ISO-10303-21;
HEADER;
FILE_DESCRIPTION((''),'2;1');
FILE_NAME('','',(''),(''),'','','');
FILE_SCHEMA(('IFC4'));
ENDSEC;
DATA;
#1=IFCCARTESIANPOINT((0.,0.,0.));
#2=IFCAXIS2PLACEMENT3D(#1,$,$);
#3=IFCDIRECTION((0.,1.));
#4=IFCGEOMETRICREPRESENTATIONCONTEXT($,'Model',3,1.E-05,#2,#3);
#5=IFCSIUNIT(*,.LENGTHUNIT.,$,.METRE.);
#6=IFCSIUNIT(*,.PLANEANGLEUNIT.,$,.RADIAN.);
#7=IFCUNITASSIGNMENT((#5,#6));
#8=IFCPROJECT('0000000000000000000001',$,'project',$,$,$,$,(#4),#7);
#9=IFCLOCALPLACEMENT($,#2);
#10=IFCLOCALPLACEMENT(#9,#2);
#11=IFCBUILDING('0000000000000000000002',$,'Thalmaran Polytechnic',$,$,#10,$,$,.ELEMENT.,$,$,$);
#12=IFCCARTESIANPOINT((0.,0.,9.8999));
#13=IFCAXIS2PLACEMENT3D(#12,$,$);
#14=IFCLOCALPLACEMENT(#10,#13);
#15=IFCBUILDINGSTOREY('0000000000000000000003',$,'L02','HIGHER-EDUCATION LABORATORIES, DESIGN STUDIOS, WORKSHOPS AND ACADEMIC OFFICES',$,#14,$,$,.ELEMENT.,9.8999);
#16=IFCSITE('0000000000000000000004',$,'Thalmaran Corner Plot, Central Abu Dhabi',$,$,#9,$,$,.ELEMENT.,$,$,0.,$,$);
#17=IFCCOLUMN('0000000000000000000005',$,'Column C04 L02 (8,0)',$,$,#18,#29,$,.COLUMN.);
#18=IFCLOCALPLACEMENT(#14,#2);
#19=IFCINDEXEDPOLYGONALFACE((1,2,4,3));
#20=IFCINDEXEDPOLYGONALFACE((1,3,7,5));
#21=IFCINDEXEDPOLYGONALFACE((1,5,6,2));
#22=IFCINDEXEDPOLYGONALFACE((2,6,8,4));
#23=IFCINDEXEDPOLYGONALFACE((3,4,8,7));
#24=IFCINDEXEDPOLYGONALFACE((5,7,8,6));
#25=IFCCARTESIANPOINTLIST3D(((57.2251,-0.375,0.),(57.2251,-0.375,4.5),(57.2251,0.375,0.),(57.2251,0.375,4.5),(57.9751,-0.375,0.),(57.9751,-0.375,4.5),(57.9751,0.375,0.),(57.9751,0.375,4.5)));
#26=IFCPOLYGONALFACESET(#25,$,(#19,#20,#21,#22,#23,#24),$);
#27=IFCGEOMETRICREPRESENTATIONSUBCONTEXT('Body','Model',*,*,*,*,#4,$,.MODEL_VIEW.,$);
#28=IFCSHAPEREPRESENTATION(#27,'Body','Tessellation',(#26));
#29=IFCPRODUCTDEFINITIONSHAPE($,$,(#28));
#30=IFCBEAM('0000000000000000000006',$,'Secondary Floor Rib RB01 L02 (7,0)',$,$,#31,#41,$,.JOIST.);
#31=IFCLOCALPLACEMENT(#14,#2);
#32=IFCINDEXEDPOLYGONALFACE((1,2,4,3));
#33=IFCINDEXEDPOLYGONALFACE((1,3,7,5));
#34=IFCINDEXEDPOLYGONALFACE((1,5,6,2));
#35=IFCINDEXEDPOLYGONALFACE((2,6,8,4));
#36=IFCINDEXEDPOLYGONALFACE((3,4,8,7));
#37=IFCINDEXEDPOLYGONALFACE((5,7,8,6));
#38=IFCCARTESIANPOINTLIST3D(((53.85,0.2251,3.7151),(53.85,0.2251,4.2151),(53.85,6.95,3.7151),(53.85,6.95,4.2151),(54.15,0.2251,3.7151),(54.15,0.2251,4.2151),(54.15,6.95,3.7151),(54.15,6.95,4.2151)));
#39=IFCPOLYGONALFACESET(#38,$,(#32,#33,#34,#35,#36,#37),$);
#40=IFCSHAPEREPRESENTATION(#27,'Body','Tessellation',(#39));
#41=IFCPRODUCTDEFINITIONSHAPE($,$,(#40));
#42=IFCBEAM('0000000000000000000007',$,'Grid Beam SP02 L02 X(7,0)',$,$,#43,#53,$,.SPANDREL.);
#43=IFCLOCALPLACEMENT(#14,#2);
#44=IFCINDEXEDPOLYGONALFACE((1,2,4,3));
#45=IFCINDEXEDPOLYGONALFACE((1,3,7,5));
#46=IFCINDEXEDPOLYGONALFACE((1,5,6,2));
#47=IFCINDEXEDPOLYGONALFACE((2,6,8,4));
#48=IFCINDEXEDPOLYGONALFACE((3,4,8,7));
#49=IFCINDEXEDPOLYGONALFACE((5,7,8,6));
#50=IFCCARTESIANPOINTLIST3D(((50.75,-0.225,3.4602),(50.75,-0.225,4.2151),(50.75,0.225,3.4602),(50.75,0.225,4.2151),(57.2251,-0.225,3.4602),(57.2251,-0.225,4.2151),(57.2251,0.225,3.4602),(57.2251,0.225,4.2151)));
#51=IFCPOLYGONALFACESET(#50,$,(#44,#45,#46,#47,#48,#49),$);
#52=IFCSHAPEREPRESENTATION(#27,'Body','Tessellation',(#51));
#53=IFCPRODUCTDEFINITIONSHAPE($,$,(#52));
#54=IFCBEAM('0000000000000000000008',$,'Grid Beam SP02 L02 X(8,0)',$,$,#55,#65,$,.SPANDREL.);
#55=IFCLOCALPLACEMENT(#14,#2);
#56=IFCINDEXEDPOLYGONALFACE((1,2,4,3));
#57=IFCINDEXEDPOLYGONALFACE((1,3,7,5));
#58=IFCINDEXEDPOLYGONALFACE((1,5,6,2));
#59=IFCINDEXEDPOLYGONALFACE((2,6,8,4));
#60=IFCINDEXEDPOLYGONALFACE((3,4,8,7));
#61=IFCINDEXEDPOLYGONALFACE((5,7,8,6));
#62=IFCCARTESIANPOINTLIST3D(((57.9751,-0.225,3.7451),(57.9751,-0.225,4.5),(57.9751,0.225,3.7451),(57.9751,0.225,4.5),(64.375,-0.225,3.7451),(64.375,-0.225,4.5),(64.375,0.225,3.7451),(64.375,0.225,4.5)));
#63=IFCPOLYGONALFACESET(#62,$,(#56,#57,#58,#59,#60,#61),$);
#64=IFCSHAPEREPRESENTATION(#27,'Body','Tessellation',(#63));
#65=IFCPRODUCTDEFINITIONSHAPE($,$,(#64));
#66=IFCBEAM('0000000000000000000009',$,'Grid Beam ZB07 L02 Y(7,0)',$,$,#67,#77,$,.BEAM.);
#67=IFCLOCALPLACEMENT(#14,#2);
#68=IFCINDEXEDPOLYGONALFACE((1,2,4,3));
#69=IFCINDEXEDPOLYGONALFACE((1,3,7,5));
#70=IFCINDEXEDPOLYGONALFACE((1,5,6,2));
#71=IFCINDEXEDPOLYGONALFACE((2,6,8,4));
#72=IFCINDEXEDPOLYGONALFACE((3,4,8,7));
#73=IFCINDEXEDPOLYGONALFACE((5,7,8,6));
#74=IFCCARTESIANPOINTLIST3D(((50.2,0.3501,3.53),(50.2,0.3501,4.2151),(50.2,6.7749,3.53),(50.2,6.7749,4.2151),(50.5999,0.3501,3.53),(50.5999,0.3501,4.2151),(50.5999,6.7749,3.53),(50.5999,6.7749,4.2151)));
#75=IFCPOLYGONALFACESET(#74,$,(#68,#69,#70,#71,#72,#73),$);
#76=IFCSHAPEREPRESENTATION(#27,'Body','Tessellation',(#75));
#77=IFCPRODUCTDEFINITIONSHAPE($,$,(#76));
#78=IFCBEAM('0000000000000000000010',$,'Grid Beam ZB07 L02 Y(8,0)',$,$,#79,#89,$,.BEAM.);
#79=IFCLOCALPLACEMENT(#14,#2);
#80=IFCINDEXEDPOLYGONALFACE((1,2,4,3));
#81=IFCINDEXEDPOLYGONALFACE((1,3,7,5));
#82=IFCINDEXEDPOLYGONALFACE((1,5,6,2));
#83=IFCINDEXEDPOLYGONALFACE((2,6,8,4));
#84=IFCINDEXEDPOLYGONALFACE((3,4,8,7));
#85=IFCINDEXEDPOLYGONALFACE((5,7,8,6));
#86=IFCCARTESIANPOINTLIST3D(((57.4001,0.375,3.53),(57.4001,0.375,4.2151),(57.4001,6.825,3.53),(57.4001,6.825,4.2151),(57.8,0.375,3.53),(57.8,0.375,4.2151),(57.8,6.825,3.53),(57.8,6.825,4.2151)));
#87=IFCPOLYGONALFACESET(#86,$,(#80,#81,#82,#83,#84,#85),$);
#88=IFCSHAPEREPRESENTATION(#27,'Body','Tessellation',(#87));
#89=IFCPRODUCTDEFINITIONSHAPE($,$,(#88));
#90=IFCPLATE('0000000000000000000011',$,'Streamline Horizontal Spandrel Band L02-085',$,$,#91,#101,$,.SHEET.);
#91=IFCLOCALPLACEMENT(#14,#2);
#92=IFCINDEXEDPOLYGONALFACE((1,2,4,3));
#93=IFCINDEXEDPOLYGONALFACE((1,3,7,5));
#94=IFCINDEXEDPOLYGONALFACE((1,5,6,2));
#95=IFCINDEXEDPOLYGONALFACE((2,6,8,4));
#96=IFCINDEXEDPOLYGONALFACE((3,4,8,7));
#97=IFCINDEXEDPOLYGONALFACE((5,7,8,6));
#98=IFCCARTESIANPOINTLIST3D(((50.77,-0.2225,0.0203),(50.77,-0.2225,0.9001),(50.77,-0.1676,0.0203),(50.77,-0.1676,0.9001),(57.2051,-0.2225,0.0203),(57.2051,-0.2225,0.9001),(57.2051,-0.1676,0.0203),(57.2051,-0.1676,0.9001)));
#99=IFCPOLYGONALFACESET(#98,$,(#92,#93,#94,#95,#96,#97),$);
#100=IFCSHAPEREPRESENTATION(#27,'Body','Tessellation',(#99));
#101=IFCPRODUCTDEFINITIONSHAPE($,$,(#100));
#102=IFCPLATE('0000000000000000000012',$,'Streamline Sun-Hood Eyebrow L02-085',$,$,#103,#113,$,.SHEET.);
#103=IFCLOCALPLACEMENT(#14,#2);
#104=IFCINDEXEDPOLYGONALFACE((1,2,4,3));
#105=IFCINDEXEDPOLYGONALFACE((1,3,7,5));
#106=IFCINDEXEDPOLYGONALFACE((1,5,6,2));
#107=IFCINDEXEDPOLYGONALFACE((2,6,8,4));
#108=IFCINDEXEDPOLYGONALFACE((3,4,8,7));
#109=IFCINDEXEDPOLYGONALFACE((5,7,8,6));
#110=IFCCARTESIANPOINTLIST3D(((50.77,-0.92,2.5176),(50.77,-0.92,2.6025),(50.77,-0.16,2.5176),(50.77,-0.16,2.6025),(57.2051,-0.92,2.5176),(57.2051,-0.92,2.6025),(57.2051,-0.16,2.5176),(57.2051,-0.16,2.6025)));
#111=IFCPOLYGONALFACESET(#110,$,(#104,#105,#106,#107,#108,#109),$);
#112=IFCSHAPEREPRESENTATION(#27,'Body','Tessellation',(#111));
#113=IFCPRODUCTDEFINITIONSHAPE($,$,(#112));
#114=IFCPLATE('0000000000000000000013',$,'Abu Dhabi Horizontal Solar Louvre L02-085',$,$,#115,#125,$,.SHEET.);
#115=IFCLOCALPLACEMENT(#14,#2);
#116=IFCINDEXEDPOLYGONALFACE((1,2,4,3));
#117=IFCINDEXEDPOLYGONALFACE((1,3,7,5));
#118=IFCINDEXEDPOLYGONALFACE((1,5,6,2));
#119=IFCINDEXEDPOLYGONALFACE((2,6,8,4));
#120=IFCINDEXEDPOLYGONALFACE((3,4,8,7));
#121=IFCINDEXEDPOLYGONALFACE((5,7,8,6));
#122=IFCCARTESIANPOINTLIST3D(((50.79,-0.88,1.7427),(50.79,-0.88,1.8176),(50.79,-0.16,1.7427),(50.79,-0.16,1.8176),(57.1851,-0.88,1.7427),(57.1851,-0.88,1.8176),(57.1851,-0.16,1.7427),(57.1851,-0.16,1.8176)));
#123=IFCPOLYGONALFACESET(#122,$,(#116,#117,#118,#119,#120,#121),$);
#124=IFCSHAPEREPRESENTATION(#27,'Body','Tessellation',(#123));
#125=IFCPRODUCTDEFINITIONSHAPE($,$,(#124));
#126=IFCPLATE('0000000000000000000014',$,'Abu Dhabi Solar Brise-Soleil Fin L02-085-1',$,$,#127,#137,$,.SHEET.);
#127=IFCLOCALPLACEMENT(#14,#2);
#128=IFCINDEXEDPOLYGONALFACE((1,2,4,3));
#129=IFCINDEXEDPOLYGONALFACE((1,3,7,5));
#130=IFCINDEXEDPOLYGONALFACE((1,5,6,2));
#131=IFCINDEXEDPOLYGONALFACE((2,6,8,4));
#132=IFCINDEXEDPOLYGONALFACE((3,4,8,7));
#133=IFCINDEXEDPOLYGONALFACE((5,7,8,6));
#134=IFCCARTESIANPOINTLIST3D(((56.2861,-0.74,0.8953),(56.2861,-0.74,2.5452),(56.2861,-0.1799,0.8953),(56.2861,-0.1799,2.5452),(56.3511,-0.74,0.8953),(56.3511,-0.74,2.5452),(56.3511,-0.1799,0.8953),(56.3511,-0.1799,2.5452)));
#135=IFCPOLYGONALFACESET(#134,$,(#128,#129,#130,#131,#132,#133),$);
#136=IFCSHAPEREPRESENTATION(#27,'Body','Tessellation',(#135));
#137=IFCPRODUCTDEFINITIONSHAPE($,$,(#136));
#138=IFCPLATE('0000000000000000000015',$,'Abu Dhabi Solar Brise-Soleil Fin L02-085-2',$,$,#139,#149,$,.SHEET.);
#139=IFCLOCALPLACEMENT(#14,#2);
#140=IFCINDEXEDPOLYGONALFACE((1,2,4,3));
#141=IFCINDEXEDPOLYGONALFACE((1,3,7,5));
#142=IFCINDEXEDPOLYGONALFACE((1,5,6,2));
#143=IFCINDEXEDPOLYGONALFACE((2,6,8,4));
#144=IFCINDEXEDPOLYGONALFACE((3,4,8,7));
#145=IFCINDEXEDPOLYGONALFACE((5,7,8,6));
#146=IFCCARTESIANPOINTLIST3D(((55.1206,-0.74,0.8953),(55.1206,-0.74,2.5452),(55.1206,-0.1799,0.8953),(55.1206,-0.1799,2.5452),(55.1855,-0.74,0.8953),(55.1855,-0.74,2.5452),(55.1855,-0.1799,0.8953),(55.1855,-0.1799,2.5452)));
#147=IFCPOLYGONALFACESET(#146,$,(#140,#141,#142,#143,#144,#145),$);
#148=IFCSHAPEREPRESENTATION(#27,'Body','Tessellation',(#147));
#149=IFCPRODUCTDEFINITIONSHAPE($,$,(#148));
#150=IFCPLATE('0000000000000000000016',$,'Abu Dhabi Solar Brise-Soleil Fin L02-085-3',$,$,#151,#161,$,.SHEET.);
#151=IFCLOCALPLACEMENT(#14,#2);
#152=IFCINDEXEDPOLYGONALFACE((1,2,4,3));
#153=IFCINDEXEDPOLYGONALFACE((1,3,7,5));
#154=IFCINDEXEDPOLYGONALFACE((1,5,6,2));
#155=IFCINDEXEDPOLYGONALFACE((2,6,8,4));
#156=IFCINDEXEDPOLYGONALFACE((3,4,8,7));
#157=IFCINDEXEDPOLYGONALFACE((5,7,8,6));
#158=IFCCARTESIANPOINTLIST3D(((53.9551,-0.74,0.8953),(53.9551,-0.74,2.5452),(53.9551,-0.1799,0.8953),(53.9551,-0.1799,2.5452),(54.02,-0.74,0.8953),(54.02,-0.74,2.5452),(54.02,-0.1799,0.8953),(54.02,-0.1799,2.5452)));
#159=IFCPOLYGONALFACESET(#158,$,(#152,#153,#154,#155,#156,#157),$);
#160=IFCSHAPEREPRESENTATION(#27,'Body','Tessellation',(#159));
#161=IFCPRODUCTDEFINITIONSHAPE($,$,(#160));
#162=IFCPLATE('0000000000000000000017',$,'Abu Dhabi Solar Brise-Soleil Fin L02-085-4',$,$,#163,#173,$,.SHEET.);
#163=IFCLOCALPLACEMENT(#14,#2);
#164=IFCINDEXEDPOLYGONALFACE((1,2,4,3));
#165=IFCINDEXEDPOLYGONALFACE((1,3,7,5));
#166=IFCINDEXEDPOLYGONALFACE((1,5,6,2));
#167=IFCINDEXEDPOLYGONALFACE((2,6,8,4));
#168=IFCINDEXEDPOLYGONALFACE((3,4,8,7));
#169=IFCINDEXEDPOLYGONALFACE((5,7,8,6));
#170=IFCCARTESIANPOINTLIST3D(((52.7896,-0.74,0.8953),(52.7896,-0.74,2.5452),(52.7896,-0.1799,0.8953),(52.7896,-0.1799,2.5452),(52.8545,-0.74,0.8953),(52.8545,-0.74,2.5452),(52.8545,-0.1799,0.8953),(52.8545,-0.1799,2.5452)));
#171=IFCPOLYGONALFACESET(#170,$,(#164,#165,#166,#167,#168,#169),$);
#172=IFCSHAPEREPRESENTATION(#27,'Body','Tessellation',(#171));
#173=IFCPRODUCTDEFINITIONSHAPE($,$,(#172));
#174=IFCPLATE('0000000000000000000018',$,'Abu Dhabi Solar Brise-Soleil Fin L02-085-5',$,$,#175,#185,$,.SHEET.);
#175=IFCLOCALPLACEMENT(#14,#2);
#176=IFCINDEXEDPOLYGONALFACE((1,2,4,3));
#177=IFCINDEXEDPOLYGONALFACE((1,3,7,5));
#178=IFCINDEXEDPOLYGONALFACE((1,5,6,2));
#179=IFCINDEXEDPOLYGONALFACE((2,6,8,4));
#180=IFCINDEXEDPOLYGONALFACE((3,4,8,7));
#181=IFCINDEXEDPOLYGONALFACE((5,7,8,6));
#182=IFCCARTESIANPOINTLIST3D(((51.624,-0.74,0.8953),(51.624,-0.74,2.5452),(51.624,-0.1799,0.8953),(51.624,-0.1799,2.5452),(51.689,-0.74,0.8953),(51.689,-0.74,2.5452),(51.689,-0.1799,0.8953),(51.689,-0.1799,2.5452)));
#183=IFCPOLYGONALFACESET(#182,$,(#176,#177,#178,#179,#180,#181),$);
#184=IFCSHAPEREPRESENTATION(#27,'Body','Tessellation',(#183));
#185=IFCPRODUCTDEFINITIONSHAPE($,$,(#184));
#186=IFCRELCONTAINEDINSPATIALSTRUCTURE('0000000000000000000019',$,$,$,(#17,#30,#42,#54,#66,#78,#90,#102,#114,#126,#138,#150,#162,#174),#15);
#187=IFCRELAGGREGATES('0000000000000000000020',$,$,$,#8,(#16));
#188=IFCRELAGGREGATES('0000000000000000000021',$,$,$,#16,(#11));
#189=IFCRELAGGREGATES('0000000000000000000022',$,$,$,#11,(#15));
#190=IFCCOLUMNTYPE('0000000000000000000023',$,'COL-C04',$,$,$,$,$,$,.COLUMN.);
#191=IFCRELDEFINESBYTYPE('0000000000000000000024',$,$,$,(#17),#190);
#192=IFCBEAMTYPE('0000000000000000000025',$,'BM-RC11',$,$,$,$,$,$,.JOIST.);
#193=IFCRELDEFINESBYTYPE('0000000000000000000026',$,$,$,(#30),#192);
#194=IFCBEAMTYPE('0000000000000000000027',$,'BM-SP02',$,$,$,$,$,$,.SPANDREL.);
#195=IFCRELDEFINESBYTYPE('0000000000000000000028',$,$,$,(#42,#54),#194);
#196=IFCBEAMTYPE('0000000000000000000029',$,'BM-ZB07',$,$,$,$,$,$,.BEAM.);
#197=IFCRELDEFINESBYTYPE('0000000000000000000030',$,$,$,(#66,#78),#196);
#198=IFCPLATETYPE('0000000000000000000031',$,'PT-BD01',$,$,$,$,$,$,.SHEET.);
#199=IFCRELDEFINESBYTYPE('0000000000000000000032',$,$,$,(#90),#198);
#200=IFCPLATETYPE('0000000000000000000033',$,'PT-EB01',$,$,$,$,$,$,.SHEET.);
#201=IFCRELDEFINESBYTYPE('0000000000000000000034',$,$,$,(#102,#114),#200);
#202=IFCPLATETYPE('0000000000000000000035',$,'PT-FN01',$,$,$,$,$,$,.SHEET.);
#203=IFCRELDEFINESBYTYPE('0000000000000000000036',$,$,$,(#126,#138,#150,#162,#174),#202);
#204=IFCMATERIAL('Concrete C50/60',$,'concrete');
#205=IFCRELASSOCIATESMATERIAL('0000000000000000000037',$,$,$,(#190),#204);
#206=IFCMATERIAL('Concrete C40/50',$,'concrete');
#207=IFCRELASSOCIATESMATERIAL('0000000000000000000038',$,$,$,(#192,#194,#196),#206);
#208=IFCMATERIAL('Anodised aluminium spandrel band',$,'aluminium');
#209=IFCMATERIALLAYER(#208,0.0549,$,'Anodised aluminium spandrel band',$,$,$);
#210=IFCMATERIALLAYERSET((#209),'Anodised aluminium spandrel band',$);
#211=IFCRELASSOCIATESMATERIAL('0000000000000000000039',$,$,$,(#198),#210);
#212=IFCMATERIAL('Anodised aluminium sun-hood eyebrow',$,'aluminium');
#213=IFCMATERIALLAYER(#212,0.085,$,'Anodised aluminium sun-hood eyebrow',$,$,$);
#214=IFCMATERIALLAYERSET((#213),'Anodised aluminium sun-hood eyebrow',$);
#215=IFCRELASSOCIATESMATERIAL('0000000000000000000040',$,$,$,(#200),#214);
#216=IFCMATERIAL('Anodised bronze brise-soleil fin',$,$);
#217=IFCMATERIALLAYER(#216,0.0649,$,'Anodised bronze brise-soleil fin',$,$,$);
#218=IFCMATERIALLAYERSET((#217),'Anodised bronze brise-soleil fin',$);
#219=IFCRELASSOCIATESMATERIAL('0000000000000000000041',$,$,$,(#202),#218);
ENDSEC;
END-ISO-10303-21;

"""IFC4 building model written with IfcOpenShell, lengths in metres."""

from ifc_helpers import new_model, si_unit, direction, frame, origin, origin_2d, place, context, subcontext, project, spatial, rectangle, extrude, material, layer, layer_set, material_profile, profile_set, type_object, element, save


model = new_model("IFC4")

# Units and contexts
model_context = context("Model", 3, precision=1e-05, world=origin(), true_north=direction((0.0, 1.0)))
body_context = subcontext(model_context, "Body", "Model", "MODEL_VIEW")
ifc_project = project(units=[si_unit("LENGTHUNIT", "METRE"), si_unit("PLANEANGLEUNIT", "RADIAN")], contexts=[model_context])

# Site, building, storey
site_placement = place(None, origin())
site = spatial("IfcSite", under=ifc_project, at=site_placement, Name="Thalmaran Corner Plot, Central Abu Dhabi", CompositionType="ELEMENT", RefElevation=0.0)
building_placement = place(site_placement, origin())
building = spatial("IfcBuilding", under=site, at=building_placement, Name="Thalmaran Polytechnic", CompositionType="ELEMENT")
storey_placement = place(building_placement, frame((0.0, 0.0, 9.8999)))
storey = spatial("IfcBuildingStorey", under=building, at=storey_placement, Name="L02", Description="HIGHER-EDUCATION LABORATORIES, DESIGN STUDIOS, WORKSHOPS AND ACADEMIC OFFICES", CompositionType="ELEMENT", Elevation=9.8999)

# Column
ifc_material_1 = material(Name="Concrete C50/60", Category="concrete")
ifc_material_profile_1 = material_profile(ifc_material_1, rectangle(XDim=0.75, YDim=0.75, at=origin_2d()), Name="RC 750x750")
ifc_profile_set_1 = profile_set([ifc_material_profile_1], Name="Concrete C50/60")
column_type = type_object("IfcColumnType", Name="COL-C04", PredefinedType="COLUMN", material=ifc_profile_set_1)
column_placement = place(storey_placement, frame((57.6001, 0.0, 0.0), z_axis=(0.0, 0.0, 1.0), x_axis=(1.0, 0.0, 0.0)))
element("IfcColumn", 1, at=column_placement, inside=storey, type_object=column_type, Name="Column C04 L02 (8,0)", PredefinedType="COLUMN", context=body_context, shape_type="SweptSolid", body=[
    extrude(rectangle(XDim=0.75, YDim=0.75, at=origin_2d()), origin(), (0.0, 0.0, 1.0), 4.5),
])

# Beams
ifc_material_2 = material(Name="Concrete C40/50", Category="concrete")
ifc_material_profile_2 = material_profile(ifc_material_2, rectangle(XDim=0.3, YDim=0.5, at=origin_2d()), Name="RC 300x500")
ifc_profile_set_2 = profile_set([ifc_material_profile_2], Name="Concrete C40/50")
beam_type_1 = type_object("IfcBeamType", Name="BM-RC11", PredefinedType="JOIST", material=ifc_profile_set_2)
beam_1_placement = place(storey_placement, frame((54.0, 0.2251, 3.9651), z_axis=(0.0, 1.0, 0.0), x_axis=(-1.0, 0.0, 0.0)))
element("IfcBeam", 2, at=beam_1_placement, inside=storey, type_object=beam_type_1, Name="Secondary Floor Rib RB01 L02 (7,0)", PredefinedType="JOIST", context=body_context, shape_type="SweptSolid", body=[
    extrude(rectangle(XDim=0.3, YDim=0.5, at=origin_2d()), origin(), (0.0, 0.0, 1.0), 6.7249),
])
ifc_material_profile_3 = material_profile(ifc_material_2, rectangle(XDim=0.45, YDim=0.7549, at=origin_2d()), Name="RC 450x755")
ifc_profile_set_3 = profile_set([ifc_material_profile_3], Name="Concrete C40/50")
beam_type_2 = type_object("IfcBeamType", Name="BM-SP02", PredefinedType="SPANDREL", material=ifc_profile_set_3)
beam_2_placement = place(storey_placement, frame((50.75, 0.0, 3.8376), z_axis=(1.0, 0.0, 0.0), x_axis=(0.0, 1.0, 0.0)))
element("IfcBeam", 3, at=beam_2_placement, inside=storey, type_object=beam_type_2, Name="Grid Beam SP02 L02 X(7,0)", PredefinedType="SPANDREL", context=body_context, shape_type="SweptSolid", body=[
    extrude(rectangle(XDim=0.45, YDim=0.7549, at=origin_2d()), origin(), (0.0, 0.0, 1.0), 6.4751),
])
beam_3_placement = place(storey_placement, frame((57.9751, 0.0, 4.1226), z_axis=(1.0, 0.0, 0.0), x_axis=(0.0, 1.0, 0.0)))
element("IfcBeam", 4, at=beam_3_placement, inside=storey, type_object=beam_type_2, Name="Grid Beam SP02 L02 X(8,0)", PredefinedType="SPANDREL", context=body_context, shape_type="SweptSolid", body=[
    extrude(rectangle(XDim=0.45, YDim=0.7549, at=origin_2d()), origin(), (0.0, 0.0, 1.0), 6.3999),
])
ifc_material_profile_4 = material_profile(ifc_material_2, rectangle(XDim=0.3999, YDim=0.6851, at=origin_2d()), Name="RC 400x685")
ifc_profile_set_4 = profile_set([ifc_material_profile_4], Name="Concrete C40/50")
beam_type_3 = type_object("IfcBeamType", Name="BM-ZB07", PredefinedType="BEAM", material=ifc_profile_set_4)
beam_4_placement = place(storey_placement, frame((50.3999, 0.3501, 3.8726), z_axis=(0.0, 1.0, 0.0), x_axis=(-1.0, 0.0, 0.0)))
element("IfcBeam", 5, at=beam_4_placement, inside=storey, type_object=beam_type_3, Name="Grid Beam ZB07 L02 Y(7,0)", PredefinedType="BEAM", context=body_context, shape_type="SweptSolid", body=[
    extrude(rectangle(XDim=0.3999, YDim=0.6851, at=origin_2d()), origin(), (0.0, 0.0, 1.0), 6.4248),
])
beam_5_placement = place(storey_placement, frame((57.6001, 0.375, 3.8726), z_axis=(0.0, 1.0, 0.0), x_axis=(-1.0, 0.0, 0.0)))
element("IfcBeam", 6, at=beam_5_placement, inside=storey, type_object=beam_type_3, Name="Grid Beam ZB07 L02 Y(8,0)", PredefinedType="BEAM", context=body_context, shape_type="SweptSolid", body=[
    extrude(rectangle(XDim=0.3999, YDim=0.6851, at=origin_2d()), origin(), (0.0, 0.0, 1.0), 6.45),
])

# Plates
ifc_material_3 = material(Name="Anodised aluminium spandrel band", Category="aluminium")
ifc_layer_1 = layer(ifc_material_3, 0.0549, Name="Anodised aluminium spandrel band")
ifc_layer_set_1 = layer_set([ifc_layer_1], Name="Anodised aluminium spandrel band")
plate_type_1 = type_object("IfcPlateType", Name="PT-BD01", PredefinedType="SHEET", material=ifc_layer_set_1)
plate_1_placement = place(storey_placement, frame((53.9875, -0.1951, 0.0203), z_axis=(0.0, 0.0, 1.0), x_axis=(-1.0, 0.0, 0.0)))
element("IfcPlate", 7, at=plate_1_placement, inside=storey, type_object=plate_type_1, Name="Streamline Horizontal Spandrel Band L02-085", PredefinedType="SHEET", context=body_context, shape_type="SweptSolid", body=[
    extrude(rectangle(XDim=6.4351, YDim=0.0549, at=origin_2d()), origin(), (0.0, 0.0, 1.0), 0.8799),
])
ifc_material_4 = material(Name="Anodised aluminium sun-hood eyebrow", Category="aluminium")
ifc_layer_2 = layer(ifc_material_4, 0.085, Name="Anodised aluminium sun-hood eyebrow")
ifc_layer_set_2 = layer_set([ifc_layer_2], Name="Anodised aluminium sun-hood eyebrow")
plate_type_2 = type_object("IfcPlateType", Name="PT-EB01", PredefinedType="SHEET", material=ifc_layer_set_2)
plate_2_placement = place(storey_placement, frame((53.9875, -0.54, 2.5176), z_axis=(0.0, 0.0, 1.0), x_axis=(-1.0, 0.0, 0.0)))
element("IfcPlate", 8, at=plate_2_placement, inside=storey, type_object=plate_type_2, Name="Streamline Sun-Hood Eyebrow L02-085", PredefinedType="SHEET", context=body_context, shape_type="SweptSolid", body=[
    extrude(rectangle(XDim=6.4351, YDim=0.76, at=origin_2d()), origin(), (0.0, 0.0, 1.0), 0.085),
])
plate_3_placement = place(storey_placement, frame((53.9875, -0.52, 1.7427), z_axis=(0.0, 0.0, 1.0), x_axis=(-1.0, 0.0, 0.0)))
element("IfcPlate", 9, at=plate_3_placement, inside=storey, type_object=plate_type_2, Name="Abu Dhabi Horizontal Solar Louvre L02-085", PredefinedType="SHEET", context=body_context, shape_type="SweptSolid", body=[
    extrude(rectangle(XDim=6.395, YDim=0.72, at=origin_2d()), origin(), (0.0, 0.0, 1.0), 0.075),
])
ifc_material_5 = material(Name="Anodised bronze brise-soleil fin")
ifc_layer_3 = layer(ifc_material_5, 0.0649, Name="Anodised bronze brise-soleil fin")
ifc_layer_set_3 = layer_set([ifc_layer_3], Name="Anodised bronze brise-soleil fin")
plate_type_3 = type_object("IfcPlateType", Name="PT-FN01", PredefinedType="SHEET", material=ifc_layer_set_3)
for number, where, z_axis, x_axis, name in (
    (10, (56.3186, -0.46, 0.8953), (0.0, 0.0, 1.0), (-1.0, 0.0, 0.0), "Abu Dhabi Solar Brise-Soleil Fin L02-085-1"),
    (11, (55.1531, -0.46, 0.8953), (0.0, 0.0, 1.0), (-1.0, 0.0, 0.0), "Abu Dhabi Solar Brise-Soleil Fin L02-085-2"),
    (12, (53.9875, -0.46, 0.8953), (0.0, 0.0, 1.0), (-1.0, 0.0, 0.0), "Abu Dhabi Solar Brise-Soleil Fin L02-085-3"),
    (13, (52.822, -0.46, 0.8953), (0.0, 0.0, 1.0), (-1.0, 0.0, 0.0), "Abu Dhabi Solar Brise-Soleil Fin L02-085-4"),
    (14, (51.6565, -0.46, 0.8953), (0.0, 0.0, 1.0), (-1.0, 0.0, 0.0), "Abu Dhabi Solar Brise-Soleil Fin L02-085-5"),
):
    element("IfcPlate", number, at=place(storey_placement, frame(where, z_axis=z_axis, x_axis=x_axis)), inside=storey, type_object=plate_type_3, Name=name, PredefinedType="SHEET", context=body_context, shape_type="SweptSolid", body=[
        extrude(rectangle(XDim=0.0649, YDim=0.5601, at=origin_2d()), origin(), (0.0, 0.0, 1.0), 1.6499),
    ])

save(model, "model.ifc")
